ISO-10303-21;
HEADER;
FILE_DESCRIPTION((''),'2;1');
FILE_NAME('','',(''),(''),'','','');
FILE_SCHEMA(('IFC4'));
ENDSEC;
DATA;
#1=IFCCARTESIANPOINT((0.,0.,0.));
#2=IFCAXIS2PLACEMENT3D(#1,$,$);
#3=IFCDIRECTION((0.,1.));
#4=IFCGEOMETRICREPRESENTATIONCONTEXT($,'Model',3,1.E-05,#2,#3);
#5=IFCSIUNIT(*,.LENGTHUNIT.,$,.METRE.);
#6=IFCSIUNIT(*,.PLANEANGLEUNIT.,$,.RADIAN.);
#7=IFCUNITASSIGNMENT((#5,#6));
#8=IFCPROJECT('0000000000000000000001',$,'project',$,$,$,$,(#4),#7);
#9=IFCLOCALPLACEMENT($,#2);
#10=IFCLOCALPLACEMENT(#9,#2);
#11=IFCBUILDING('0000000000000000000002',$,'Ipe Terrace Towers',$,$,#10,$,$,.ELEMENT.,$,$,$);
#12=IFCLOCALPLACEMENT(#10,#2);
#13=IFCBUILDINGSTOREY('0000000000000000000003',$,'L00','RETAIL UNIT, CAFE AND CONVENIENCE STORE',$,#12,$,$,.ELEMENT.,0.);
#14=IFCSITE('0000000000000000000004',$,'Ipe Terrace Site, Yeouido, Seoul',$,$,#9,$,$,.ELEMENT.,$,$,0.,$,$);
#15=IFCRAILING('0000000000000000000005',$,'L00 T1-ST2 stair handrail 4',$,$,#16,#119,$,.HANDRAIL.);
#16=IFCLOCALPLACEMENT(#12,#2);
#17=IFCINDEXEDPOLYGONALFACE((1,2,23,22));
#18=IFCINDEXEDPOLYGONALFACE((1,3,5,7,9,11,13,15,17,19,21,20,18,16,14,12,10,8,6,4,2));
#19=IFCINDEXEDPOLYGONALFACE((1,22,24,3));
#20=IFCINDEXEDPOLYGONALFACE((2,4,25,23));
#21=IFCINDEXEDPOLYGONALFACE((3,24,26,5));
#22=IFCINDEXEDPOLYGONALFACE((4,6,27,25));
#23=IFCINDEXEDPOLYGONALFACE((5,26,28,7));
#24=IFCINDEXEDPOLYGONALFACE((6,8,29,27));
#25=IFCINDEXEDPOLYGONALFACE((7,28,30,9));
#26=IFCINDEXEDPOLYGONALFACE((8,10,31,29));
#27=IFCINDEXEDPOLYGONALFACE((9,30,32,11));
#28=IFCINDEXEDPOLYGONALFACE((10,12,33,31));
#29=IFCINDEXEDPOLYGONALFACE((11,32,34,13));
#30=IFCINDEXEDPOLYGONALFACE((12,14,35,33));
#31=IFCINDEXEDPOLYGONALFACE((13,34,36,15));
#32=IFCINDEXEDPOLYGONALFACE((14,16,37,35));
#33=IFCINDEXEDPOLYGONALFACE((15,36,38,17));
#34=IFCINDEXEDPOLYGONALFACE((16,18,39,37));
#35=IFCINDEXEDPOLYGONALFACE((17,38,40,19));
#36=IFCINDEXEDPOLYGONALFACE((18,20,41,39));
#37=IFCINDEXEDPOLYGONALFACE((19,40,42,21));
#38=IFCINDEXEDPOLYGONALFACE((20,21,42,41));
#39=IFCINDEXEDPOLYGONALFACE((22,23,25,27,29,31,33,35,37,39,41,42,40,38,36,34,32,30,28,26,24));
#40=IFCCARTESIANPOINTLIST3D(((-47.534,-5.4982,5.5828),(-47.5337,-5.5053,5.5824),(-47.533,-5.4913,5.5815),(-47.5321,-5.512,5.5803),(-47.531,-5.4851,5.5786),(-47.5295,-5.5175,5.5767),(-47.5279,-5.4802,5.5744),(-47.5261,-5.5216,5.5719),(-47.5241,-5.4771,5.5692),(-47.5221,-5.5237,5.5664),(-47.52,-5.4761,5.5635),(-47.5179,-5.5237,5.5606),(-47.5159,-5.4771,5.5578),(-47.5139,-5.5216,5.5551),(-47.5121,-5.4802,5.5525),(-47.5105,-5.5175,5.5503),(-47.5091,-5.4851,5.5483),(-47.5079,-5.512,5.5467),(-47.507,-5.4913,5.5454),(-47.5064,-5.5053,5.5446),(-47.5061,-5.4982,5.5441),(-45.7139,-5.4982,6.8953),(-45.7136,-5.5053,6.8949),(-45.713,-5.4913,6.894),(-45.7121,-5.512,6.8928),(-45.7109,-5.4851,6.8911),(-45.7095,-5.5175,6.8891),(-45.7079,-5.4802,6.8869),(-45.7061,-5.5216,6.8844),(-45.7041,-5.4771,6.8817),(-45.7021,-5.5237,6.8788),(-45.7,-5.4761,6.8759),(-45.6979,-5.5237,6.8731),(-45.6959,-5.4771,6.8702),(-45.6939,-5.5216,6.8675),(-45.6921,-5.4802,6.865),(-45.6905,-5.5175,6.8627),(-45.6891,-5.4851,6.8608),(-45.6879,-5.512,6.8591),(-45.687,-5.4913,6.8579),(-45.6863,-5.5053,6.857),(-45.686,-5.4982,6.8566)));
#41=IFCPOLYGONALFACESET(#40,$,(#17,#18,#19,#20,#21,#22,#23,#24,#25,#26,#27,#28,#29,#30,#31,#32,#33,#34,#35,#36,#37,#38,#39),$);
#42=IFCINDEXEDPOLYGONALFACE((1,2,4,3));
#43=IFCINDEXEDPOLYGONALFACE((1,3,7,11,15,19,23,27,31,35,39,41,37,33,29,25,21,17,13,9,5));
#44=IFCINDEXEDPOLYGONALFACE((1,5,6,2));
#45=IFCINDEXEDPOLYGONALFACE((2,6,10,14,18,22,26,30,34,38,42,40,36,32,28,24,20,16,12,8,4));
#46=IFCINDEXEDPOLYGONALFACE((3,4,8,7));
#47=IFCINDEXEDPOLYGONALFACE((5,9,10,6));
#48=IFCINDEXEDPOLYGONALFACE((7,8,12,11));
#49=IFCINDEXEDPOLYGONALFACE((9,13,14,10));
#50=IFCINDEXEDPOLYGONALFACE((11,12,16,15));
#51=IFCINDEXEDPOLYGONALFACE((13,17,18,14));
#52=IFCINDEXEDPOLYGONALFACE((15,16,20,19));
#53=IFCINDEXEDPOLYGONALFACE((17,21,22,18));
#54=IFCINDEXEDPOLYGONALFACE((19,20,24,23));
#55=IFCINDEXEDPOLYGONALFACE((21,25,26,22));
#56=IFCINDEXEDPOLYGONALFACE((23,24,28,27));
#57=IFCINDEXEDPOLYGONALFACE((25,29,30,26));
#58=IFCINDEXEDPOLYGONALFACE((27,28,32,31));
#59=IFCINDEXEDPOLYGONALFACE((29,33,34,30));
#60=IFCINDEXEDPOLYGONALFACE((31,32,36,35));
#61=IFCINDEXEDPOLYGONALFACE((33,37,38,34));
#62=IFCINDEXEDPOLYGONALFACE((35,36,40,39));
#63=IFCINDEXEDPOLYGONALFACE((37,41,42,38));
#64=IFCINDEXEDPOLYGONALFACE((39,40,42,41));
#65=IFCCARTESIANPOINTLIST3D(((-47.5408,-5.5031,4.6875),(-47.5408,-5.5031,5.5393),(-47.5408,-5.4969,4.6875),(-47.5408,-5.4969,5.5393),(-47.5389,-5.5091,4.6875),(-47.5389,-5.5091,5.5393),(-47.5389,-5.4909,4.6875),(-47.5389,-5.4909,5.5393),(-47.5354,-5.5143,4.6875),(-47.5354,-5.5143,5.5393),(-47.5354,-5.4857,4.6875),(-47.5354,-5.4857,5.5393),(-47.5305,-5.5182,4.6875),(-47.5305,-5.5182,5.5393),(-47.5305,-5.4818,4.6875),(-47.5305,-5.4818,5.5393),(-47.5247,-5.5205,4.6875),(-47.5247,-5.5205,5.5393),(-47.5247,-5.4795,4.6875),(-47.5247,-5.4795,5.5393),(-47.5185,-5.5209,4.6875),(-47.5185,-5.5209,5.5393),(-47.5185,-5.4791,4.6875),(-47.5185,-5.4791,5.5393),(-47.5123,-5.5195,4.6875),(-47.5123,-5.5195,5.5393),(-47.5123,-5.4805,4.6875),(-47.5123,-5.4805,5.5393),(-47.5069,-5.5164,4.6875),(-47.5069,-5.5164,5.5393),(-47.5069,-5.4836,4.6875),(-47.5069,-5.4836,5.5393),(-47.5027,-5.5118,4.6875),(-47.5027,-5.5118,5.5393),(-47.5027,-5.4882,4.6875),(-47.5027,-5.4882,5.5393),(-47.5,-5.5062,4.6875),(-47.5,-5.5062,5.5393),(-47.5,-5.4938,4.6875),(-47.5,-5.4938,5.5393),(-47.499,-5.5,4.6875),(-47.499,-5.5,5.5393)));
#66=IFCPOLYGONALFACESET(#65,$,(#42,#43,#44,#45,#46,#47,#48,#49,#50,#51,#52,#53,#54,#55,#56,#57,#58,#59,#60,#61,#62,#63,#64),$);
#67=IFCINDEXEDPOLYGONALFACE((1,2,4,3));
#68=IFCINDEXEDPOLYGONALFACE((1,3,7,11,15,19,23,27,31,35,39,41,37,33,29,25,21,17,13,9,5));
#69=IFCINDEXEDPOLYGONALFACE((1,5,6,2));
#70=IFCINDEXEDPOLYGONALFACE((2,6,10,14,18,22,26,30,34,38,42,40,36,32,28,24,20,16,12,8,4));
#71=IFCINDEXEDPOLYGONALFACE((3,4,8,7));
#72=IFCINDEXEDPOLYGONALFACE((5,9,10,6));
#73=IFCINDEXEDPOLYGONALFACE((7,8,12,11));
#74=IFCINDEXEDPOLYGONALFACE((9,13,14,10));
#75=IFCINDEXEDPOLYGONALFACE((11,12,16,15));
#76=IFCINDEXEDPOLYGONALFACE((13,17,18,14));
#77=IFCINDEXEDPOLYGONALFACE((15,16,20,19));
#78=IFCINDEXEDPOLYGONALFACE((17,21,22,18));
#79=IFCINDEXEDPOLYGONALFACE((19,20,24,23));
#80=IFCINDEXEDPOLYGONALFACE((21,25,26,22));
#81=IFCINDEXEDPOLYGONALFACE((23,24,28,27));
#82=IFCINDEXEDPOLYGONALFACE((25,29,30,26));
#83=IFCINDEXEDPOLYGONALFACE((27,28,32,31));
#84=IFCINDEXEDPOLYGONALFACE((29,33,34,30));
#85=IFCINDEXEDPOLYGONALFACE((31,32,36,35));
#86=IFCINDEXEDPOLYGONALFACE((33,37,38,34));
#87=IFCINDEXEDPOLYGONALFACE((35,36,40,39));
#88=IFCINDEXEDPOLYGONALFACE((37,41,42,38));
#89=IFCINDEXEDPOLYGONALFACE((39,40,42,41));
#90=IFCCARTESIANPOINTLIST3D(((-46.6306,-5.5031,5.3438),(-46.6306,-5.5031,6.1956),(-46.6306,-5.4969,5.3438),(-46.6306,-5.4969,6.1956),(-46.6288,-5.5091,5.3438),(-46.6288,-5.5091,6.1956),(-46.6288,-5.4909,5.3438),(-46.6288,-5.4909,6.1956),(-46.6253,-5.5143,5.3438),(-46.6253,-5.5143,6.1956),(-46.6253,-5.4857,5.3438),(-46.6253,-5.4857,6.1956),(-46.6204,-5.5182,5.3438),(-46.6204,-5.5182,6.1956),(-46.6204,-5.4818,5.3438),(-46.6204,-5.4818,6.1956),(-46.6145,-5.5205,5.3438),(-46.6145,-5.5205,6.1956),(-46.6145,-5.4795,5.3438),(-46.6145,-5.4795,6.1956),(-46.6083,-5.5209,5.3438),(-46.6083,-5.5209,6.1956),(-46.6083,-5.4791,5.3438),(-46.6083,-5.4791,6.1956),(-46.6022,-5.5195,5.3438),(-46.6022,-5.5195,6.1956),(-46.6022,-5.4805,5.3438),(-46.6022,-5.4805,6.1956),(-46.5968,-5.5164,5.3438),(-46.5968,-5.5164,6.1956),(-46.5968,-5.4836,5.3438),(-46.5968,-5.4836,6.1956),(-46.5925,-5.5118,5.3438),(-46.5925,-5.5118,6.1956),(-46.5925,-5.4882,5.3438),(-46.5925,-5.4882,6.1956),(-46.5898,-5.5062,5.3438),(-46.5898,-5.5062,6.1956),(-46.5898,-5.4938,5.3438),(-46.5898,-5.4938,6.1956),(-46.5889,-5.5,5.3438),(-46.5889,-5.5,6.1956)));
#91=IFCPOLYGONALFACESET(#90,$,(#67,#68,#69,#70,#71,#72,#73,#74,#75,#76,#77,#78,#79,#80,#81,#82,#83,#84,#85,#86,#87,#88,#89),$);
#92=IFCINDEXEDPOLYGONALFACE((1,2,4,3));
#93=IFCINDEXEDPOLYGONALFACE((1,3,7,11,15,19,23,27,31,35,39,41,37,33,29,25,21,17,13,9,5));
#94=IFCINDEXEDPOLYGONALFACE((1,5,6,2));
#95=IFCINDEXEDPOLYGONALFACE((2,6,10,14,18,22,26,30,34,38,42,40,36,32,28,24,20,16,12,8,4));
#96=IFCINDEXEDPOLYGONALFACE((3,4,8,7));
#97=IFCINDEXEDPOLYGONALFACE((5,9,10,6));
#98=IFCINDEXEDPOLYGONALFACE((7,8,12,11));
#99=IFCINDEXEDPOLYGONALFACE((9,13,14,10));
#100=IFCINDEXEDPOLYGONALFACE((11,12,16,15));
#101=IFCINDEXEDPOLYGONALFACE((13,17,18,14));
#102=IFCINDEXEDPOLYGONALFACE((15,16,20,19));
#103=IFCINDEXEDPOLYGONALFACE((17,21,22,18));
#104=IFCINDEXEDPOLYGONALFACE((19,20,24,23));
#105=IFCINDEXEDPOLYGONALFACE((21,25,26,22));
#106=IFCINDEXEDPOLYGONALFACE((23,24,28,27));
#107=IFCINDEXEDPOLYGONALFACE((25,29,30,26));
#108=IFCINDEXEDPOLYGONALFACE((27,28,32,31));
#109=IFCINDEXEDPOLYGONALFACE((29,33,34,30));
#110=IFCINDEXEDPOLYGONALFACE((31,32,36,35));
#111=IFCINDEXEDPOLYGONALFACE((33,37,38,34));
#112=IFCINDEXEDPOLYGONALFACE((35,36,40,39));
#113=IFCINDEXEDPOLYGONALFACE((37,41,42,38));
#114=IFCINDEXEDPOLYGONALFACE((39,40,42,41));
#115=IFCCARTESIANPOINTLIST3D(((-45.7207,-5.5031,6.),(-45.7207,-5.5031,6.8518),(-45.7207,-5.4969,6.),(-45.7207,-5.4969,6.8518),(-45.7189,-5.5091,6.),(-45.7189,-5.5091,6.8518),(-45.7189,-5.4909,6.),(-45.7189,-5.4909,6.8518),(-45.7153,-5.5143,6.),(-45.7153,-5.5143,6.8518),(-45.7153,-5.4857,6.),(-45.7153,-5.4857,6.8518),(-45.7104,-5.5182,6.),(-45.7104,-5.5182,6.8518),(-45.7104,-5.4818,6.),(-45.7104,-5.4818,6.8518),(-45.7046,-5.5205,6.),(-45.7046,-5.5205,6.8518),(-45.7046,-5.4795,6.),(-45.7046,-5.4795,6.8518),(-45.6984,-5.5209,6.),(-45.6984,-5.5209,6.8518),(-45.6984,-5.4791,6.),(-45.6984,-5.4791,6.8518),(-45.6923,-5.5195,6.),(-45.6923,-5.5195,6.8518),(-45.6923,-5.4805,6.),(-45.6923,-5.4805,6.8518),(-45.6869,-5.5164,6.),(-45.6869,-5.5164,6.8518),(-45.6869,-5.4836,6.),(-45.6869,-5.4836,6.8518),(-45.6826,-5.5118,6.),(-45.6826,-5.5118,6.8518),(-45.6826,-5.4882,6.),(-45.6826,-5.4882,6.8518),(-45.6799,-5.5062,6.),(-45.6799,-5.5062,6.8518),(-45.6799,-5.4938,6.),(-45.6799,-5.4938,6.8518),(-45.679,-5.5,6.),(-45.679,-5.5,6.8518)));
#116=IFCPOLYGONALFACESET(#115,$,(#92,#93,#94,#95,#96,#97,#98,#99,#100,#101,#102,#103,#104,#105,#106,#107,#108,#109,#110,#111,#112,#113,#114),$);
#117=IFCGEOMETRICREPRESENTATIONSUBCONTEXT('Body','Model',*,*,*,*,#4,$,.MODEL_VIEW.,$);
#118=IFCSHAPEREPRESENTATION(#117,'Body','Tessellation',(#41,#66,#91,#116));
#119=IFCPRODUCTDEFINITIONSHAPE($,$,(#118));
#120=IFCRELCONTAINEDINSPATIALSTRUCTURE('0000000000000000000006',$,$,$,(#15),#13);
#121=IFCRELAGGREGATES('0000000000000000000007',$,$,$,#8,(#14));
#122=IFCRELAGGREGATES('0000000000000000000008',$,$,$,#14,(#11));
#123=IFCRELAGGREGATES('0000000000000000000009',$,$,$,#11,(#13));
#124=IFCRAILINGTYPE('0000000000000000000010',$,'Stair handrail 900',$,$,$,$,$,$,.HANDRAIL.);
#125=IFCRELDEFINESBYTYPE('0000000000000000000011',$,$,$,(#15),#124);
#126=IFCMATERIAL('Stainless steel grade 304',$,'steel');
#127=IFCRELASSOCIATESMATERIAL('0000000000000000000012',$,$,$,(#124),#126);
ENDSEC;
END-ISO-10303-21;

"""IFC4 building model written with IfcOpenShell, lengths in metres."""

from ifc_helpers import new_model, si_unit, direction, frame, origin, origin_2d, place, context, subcontext, project, spatial, circle, extrude, material, type_object, element, save


model = new_model("IFC4")

# Units and contexts
model_context = context("Model", 3, precision=1e-05, world=origin(), true_north=direction((0.0, 1.0)))
body_context = subcontext(model_context, "Body", "Model", "MODEL_VIEW")
ifc_project = project(units=[si_unit("LENGTHUNIT", "METRE"), si_unit("PLANEANGLEUNIT", "RADIAN")], contexts=[model_context])

# Site, building, storey
site_placement = place(None, origin())
site = spatial("IfcSite", under=ifc_project, at=site_placement, Name="Ipe Terrace Site, Yeouido, Seoul", CompositionType="ELEMENT", RefElevation=0.0)
building_placement = place(site_placement, origin())
building = spatial("IfcBuilding", under=site, at=building_placement, Name="Ipe Terrace Towers", CompositionType="ELEMENT")
storey_placement = place(building_placement, origin())
storey = spatial("IfcBuildingStorey", under=building, at=storey_placement, Name="L00", Description="RETAIL UNIT, CAFE AND CONVENIENCE STORE", CompositionType="ELEMENT", Elevation=0.0)

# Railing
ifc_material_1 = material(Name="Stainless steel grade 304", Category="steel")
railing_type_1 = type_object("IfcRailingType", Name="Stair handrail 900", PredefinedType="HANDRAIL", material=ifc_material_1)
railing_1_placement = place(storey_placement, frame((-47.52, -5.5, 4.6875)))
element("IfcRailing", 1, at=railing_1_placement, inside=storey, type_object=railing_type_1, Name="L00 T1-ST2 stair handrail 4", PredefinedType="HANDRAIL", context=body_context, shape_type="SweptSolid", body=[
    extrude(circle(Radius=0.0239, at=origin_2d()), frame((0.0, 0.0, 0.876), z_axis=(0.811101, 0.0, 0.584906), x_axis=(0.0, 1.0, 0.0)), (0.0, 0.0, 1.0), 2.2439),
    extrude(circle(Radius=0.021, at=origin_2d()), origin(), (0.0, 0.0, 1.0), 0.8518),
    extrude(circle(Radius=0.021, at=origin_2d()), frame((0.9102, 0.0, 0.6562)), (0.0, 0.0, 1.0), 0.8518),
    extrude(circle(Radius=0.021, at=origin_2d()), frame((1.8201, 0.0, 1.3125)), (0.0, 0.0, 1.0), 0.8518),
])

save(model, "model.ifc")
